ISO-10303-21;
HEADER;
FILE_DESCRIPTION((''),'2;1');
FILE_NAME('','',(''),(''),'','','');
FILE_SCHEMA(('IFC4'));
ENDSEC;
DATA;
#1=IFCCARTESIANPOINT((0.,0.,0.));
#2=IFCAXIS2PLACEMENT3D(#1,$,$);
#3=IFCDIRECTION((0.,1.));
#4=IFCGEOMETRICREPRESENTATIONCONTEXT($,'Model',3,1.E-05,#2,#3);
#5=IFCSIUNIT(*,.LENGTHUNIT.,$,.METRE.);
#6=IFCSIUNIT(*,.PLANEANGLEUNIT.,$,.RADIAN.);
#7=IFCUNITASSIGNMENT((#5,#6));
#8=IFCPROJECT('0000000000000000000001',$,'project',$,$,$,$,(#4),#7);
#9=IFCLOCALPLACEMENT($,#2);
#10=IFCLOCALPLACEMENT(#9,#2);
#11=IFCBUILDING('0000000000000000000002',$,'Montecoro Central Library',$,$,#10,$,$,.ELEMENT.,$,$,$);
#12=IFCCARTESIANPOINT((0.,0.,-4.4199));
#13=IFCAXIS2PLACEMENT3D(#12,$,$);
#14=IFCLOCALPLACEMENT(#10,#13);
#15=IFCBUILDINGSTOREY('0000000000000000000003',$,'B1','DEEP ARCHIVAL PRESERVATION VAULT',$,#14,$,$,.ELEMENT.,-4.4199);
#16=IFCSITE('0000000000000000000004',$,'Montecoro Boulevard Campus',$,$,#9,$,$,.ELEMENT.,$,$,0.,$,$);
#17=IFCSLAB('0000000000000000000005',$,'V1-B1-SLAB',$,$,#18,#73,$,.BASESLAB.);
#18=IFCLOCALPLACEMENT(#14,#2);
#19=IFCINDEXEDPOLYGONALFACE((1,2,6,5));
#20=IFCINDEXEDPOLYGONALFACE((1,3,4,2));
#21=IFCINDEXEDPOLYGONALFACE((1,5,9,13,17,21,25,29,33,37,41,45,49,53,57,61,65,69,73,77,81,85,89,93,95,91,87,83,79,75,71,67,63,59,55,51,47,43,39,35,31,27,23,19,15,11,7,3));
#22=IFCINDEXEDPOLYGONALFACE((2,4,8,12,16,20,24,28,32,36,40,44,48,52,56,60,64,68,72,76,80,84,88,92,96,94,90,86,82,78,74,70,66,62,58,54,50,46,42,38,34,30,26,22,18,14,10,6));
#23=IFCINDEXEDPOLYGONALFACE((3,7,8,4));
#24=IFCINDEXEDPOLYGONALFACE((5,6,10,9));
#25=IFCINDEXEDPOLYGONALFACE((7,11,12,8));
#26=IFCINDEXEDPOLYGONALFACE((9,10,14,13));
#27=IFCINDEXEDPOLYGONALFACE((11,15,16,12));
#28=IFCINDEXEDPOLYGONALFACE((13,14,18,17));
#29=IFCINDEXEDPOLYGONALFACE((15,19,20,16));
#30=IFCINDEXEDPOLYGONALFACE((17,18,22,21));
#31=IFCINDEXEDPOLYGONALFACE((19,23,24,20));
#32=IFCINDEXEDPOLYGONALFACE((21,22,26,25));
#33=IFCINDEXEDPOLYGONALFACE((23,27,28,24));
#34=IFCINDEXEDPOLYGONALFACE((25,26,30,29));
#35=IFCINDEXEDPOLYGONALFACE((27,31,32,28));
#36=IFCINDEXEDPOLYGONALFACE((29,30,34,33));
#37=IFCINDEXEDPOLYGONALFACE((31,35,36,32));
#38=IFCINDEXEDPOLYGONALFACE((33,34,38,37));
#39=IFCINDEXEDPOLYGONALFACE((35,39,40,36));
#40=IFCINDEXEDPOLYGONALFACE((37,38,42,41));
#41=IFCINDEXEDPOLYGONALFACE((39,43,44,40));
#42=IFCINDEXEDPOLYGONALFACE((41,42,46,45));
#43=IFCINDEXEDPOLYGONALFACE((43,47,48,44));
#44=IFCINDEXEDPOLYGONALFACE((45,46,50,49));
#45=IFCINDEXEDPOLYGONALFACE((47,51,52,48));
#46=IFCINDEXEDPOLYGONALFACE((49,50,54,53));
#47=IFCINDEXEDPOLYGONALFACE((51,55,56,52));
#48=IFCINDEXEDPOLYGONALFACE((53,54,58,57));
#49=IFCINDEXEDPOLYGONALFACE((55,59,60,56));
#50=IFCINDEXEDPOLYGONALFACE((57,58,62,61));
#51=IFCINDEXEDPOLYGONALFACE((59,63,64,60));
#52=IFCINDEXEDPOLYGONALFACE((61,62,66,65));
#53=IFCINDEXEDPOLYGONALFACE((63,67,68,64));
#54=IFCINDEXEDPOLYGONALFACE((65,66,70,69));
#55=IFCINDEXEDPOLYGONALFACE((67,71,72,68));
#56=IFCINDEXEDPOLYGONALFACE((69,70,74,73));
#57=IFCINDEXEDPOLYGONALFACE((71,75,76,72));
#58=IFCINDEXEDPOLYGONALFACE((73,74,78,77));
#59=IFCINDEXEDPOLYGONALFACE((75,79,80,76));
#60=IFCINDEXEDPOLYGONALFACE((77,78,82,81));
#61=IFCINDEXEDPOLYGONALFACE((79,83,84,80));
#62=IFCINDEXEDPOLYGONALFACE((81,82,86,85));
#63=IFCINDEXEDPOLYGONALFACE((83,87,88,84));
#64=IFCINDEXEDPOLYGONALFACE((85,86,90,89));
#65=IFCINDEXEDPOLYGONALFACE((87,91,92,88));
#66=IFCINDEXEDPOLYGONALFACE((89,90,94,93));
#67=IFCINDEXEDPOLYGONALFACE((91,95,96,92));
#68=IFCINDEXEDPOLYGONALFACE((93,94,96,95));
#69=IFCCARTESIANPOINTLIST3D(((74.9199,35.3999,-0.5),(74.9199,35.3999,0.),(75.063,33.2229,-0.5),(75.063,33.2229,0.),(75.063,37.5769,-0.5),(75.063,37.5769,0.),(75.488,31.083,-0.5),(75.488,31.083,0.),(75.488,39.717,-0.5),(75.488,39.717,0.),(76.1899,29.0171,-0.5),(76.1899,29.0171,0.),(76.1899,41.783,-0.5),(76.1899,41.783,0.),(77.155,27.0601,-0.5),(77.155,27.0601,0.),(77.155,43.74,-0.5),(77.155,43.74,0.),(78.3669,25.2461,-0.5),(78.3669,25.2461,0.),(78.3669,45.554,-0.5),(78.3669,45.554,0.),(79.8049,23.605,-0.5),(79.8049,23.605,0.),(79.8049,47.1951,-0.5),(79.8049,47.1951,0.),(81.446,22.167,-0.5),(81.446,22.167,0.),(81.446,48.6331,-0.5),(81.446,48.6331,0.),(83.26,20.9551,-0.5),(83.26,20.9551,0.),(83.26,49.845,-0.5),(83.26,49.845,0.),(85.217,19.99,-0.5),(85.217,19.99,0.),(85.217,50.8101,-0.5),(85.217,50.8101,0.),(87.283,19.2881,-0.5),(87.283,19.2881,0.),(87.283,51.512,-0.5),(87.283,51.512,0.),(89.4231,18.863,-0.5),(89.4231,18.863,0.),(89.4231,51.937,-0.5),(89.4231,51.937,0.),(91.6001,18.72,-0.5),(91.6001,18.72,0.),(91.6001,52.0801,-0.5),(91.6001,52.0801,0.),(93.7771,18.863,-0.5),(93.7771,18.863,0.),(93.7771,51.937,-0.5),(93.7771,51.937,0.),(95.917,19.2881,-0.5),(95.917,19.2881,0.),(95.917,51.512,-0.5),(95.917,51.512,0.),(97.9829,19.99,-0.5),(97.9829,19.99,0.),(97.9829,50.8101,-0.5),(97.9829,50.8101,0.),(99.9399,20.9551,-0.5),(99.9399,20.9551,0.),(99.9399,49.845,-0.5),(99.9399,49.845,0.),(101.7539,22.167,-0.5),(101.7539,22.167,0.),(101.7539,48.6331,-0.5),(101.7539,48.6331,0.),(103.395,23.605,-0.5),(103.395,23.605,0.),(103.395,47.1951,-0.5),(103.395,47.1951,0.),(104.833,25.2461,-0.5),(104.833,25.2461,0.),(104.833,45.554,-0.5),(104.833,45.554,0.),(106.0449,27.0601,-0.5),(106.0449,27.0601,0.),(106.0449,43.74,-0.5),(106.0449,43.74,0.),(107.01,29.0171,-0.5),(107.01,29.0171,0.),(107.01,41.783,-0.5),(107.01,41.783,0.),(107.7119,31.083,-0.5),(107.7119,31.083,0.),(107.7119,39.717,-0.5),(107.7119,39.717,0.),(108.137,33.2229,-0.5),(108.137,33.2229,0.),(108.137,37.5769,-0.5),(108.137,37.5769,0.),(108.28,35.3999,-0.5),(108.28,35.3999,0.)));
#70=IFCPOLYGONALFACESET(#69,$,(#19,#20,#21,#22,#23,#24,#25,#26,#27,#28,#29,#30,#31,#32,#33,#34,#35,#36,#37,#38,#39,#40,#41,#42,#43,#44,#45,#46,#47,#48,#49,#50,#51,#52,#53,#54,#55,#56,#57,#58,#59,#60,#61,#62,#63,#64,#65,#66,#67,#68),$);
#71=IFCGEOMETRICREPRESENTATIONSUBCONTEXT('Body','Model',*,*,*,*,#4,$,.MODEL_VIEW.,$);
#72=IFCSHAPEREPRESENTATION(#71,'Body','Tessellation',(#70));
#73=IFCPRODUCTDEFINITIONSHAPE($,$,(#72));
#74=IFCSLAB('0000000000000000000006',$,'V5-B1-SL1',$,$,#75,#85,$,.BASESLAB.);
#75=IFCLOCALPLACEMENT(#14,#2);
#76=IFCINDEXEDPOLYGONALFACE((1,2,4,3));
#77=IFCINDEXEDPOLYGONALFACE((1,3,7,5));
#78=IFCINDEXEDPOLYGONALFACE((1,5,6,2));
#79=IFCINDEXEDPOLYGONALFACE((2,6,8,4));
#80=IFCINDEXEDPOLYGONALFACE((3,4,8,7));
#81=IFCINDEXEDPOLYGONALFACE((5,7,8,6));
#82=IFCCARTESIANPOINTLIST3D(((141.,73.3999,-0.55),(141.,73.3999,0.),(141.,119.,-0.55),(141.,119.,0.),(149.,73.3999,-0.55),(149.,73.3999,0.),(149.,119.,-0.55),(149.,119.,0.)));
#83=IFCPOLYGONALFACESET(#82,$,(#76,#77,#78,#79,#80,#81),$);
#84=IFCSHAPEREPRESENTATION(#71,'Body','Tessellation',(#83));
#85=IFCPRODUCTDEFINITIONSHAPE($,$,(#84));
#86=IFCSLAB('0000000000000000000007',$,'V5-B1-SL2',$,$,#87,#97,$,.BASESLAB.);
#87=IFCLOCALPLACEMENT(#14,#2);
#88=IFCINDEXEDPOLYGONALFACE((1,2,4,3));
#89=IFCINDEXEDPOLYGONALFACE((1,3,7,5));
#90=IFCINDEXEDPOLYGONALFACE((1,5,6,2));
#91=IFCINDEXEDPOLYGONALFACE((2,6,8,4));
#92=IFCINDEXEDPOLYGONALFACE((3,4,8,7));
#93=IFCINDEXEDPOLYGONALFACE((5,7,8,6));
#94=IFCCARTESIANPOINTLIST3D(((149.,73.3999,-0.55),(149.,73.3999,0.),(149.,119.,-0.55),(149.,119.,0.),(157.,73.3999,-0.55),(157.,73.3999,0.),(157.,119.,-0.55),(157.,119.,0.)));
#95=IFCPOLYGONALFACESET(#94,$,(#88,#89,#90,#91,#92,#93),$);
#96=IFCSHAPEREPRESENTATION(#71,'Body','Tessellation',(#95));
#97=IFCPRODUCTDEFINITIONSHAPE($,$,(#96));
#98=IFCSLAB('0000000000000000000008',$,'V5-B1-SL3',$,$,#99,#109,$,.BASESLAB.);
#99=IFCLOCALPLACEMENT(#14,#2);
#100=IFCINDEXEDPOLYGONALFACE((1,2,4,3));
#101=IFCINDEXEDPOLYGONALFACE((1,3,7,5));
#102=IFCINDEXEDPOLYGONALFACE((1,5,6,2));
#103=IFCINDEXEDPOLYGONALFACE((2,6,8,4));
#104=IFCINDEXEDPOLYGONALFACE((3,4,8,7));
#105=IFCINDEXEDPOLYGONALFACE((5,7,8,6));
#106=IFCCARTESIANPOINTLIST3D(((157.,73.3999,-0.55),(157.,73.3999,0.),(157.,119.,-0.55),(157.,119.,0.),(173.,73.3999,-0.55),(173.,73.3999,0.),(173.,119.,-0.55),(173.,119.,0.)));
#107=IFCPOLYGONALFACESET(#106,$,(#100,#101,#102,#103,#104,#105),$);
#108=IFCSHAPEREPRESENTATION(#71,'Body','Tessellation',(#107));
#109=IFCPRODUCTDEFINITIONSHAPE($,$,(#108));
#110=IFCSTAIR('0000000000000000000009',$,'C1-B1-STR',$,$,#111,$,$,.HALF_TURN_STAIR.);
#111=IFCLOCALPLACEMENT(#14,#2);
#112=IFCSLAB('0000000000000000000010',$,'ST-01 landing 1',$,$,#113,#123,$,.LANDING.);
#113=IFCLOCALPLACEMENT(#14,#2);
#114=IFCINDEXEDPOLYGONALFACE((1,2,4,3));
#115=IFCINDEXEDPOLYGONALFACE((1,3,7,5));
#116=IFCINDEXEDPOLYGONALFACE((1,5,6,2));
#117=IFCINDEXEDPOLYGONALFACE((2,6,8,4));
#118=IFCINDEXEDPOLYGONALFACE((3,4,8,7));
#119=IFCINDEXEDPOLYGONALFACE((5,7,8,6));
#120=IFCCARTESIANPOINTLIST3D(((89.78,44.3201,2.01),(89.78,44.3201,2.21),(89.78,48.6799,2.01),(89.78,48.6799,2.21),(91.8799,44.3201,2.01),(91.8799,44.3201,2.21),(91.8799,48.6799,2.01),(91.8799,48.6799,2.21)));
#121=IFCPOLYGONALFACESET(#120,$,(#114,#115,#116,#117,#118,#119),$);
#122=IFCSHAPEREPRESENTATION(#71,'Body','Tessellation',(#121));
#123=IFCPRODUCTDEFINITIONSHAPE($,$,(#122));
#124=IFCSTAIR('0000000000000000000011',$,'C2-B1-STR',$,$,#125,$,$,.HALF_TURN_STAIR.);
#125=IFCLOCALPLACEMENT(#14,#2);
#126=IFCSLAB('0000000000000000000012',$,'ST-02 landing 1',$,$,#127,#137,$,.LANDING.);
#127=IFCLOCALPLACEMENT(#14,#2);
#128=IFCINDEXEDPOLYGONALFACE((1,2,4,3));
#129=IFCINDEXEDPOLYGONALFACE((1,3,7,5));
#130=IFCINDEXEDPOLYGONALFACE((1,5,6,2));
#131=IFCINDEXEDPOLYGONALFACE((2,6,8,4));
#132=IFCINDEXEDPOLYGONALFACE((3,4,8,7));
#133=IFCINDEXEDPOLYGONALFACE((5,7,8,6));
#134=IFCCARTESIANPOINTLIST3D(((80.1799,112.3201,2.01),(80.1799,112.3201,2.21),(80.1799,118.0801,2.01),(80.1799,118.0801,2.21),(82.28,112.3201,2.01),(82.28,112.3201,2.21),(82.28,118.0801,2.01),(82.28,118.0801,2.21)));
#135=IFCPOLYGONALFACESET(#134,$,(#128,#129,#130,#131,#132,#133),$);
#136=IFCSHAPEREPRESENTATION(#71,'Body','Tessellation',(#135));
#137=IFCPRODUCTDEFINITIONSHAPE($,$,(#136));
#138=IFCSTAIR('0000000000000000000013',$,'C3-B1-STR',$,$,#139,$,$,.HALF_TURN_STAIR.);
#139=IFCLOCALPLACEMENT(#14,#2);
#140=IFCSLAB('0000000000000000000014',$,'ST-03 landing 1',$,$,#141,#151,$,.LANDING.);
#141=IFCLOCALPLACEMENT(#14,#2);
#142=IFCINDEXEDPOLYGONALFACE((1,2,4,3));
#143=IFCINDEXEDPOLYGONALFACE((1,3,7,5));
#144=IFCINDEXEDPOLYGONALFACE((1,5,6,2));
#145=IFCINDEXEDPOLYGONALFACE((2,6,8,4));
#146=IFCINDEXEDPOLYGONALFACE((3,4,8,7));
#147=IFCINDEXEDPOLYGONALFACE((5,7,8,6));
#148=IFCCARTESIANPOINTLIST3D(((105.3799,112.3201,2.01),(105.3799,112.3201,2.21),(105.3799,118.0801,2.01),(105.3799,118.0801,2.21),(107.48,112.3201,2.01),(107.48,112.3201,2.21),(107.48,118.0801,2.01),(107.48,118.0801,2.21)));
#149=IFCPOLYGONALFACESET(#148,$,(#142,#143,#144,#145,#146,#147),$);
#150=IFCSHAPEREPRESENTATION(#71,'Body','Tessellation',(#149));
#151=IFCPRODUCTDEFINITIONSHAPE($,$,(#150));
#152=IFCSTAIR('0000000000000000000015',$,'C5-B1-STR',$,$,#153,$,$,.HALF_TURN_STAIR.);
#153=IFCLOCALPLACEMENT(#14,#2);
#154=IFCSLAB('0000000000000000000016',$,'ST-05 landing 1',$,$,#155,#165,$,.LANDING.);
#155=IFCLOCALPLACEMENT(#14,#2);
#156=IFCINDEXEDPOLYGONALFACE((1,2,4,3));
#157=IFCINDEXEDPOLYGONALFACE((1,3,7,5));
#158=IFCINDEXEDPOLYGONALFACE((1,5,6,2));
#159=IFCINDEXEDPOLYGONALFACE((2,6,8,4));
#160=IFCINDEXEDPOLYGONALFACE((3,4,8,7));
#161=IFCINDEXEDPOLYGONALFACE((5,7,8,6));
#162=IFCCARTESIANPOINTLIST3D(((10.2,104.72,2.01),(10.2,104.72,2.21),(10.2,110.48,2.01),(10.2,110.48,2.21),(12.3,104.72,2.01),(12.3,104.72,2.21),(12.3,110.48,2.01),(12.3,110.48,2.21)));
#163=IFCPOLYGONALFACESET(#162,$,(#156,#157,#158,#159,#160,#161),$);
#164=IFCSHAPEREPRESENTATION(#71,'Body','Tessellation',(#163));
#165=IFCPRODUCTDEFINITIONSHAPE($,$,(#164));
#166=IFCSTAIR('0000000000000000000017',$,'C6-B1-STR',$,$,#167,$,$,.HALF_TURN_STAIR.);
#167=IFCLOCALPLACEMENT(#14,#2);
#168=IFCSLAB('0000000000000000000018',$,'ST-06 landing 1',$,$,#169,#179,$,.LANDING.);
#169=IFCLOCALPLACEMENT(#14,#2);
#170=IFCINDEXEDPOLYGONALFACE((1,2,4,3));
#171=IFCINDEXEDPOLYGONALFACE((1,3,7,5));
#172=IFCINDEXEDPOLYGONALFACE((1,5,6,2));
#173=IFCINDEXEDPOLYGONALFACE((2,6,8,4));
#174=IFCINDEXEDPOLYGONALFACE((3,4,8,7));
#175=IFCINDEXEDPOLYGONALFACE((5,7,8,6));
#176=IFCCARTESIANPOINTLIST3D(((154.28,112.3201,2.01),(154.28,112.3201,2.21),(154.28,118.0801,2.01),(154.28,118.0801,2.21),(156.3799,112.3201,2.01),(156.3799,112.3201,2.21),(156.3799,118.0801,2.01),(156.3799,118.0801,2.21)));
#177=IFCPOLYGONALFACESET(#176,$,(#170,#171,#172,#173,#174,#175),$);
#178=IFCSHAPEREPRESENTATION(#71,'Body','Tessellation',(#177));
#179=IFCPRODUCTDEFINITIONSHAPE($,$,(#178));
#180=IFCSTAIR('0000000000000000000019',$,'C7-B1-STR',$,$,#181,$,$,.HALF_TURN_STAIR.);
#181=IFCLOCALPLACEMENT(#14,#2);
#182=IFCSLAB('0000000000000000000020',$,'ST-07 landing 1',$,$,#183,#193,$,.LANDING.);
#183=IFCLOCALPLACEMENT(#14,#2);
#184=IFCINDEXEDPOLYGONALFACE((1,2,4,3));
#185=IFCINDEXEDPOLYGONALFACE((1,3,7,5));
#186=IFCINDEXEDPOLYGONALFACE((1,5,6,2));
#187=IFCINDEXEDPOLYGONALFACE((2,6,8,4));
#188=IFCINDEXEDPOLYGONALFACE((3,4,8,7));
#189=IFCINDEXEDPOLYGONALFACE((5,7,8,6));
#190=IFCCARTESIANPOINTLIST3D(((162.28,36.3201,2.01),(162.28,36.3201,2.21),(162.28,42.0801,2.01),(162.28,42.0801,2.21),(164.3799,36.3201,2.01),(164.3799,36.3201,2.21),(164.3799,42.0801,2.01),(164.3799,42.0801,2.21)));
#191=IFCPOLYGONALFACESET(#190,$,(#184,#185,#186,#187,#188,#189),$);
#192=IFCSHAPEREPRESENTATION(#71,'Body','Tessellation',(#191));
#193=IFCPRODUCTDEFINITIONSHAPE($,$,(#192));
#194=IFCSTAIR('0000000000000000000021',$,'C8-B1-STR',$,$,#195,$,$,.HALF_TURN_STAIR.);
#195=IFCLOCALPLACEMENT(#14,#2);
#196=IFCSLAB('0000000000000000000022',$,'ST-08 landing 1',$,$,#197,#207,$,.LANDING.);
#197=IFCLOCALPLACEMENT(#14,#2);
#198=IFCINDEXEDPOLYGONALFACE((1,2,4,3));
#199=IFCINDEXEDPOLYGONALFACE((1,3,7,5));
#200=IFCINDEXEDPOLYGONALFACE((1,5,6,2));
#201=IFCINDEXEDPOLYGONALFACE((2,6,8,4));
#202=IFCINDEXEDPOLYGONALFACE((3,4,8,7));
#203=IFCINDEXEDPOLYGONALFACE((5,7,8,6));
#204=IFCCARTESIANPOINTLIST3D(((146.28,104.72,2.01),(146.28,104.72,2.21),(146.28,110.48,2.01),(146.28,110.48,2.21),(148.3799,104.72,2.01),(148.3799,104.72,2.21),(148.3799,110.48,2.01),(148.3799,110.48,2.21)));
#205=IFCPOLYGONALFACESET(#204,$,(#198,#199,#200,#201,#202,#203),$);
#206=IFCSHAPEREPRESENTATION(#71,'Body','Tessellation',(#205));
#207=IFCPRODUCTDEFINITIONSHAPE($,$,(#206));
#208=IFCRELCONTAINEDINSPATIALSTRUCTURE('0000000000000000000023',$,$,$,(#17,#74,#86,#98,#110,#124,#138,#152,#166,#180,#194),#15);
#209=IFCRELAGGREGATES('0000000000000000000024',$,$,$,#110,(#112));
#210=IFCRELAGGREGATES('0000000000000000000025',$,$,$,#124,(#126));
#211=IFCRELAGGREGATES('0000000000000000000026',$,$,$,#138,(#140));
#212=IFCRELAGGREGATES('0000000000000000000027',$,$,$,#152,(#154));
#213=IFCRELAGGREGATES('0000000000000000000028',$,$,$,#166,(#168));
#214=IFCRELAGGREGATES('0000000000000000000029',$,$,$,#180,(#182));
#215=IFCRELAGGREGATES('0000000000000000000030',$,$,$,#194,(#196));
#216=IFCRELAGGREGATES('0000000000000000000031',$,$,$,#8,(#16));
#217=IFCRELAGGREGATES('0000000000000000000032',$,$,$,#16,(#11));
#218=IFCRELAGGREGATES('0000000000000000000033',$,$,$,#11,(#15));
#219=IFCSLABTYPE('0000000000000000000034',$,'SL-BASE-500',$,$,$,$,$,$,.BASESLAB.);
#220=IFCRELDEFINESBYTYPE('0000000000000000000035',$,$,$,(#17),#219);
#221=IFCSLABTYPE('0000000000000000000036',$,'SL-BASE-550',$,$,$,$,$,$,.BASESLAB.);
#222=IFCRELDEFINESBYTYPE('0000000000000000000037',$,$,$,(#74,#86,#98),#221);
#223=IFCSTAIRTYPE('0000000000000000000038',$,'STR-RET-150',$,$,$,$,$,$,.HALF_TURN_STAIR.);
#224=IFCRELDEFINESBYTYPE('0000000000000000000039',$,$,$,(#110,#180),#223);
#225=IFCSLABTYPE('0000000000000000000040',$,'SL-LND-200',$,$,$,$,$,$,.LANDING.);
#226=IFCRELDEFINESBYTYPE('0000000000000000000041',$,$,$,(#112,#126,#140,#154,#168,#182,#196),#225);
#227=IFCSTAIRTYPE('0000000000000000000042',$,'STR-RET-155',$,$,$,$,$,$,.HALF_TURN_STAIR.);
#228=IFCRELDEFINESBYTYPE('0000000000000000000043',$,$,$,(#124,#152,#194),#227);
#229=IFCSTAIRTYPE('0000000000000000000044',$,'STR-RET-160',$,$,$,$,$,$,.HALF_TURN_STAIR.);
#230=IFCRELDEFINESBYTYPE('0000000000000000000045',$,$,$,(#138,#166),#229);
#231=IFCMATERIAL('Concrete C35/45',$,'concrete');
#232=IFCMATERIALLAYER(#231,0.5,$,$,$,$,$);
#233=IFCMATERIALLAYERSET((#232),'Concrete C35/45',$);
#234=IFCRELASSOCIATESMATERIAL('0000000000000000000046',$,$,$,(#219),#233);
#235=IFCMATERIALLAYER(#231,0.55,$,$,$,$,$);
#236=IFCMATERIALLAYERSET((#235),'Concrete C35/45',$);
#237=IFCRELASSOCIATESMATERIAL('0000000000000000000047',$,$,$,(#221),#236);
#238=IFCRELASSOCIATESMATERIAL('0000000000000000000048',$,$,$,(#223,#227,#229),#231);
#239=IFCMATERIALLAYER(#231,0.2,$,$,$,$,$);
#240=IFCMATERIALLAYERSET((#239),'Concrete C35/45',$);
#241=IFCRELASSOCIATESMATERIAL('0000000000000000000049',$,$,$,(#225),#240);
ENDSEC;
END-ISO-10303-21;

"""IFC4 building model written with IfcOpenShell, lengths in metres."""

from ifc_helpers import new_model, si_unit, direction, frame, origin, place, context, subcontext, project, spatial, polyline, outline, extrude, material, layer, layer_set, type_object, element, aggregate, save


model = new_model("IFC4")

# Units and contexts
model_context = context("Model", 3, precision=1e-05, world=origin(), true_north=direction((0.0, 1.0)))
body_context = subcontext(model_context, "Body", "Model", "MODEL_VIEW")
ifc_project = project(units=[si_unit("LENGTHUNIT", "METRE"), si_unit("PLANEANGLEUNIT", "RADIAN")], contexts=[model_context])

# Site, building, storey
site_placement = place(None, origin())
site = spatial("IfcSite", under=ifc_project, at=site_placement, Name="Montecoro Boulevard Campus", CompositionType="ELEMENT", RefElevation=0.0)
building_placement = place(site_placement, origin())
building = spatial("IfcBuilding", under=site, at=building_placement, Name="Montecoro Central Library", CompositionType="ELEMENT")
storey_placement = place(building_placement, frame((0.0, 0.0, -4.4199)))
storey = spatial("IfcBuildingStorey", under=building, at=storey_placement, Name="B1", Description="DEEP ARCHIVAL PRESERVATION VAULT", CompositionType="ELEMENT", Elevation=-4.4199)

# Shared definitions
ifc_material_1 = material(Name="Concrete C35/45", Category="concrete")

# Slabs
ifc_layer_1 = layer(ifc_material_1, 0.5)
ifc_layer_set_1 = layer_set([ifc_layer_1], Name="Concrete C35/45")
slab_type_1 = type_object("IfcSlabType", Name="SL-BASE-500", PredefinedType="BASESLAB", material=ifc_layer_set_1)
slab_1_placement = place(storey_placement, frame((0.0, 0.0, -0.5)))
element("IfcSlab", 1, at=slab_1_placement, inside=storey, type_object=slab_type_1, Name="V1-B1-SLAB", PredefinedType="BASESLAB", context=body_context, shape_type="SweptSolid", body=[
    extrude(outline(polyline([(108.28, 35.3999), (108.137, 37.5769), (107.7119, 39.717), (107.01, 41.783), (106.0449, 43.74), (104.833, 45.554), (103.395, 47.1951), (101.7539, 48.6331), (99.9399, 49.845), (97.9829, 50.8101), (95.917, 51.512), (93.7771, 51.937), (91.6001, 52.0801), (89.4231, 51.937), (87.283, 51.512), (85.217, 50.8101), (83.26, 49.845), (81.446, 48.6331), (79.8049, 47.1951), (78.3669, 45.554), (77.155, 43.74), (76.1899, 41.783), (75.488, 39.717), (75.063, 37.5769), (74.9199, 35.3999), (75.063, 33.2229), (75.488, 31.083), (76.1899, 29.0171), (77.155, 27.0601), (78.3669, 25.2461), (79.8049, 23.605), (81.446, 22.167), (83.26, 20.9551), (85.217, 19.99), (87.283, 19.2881), (89.4231, 18.863), (91.6001, 18.72), (93.7771, 18.863), (95.917, 19.2881), (97.9829, 19.99), (99.9399, 20.9551), (101.7539, 22.167), (103.395, 23.605), (104.833, 25.2461), (106.0449, 27.0601), (107.01, 29.0171), (107.7119, 31.083), (108.137, 33.2229), (108.28, 35.3999)])), origin(), (0.0, 0.0, 1.0), 0.5),
])
ifc_layer_2 = layer(ifc_material_1, 0.55)
ifc_layer_set_2 = layer_set([ifc_layer_2], Name="Concrete C35/45")
slab_type_2 = type_object("IfcSlabType", Name="SL-BASE-550", PredefinedType="BASESLAB", material=ifc_layer_set_2)
slab_2_placement = place(storey_placement, frame((0.0, 0.0, -0.55)))
element("IfcSlab", 2, at=slab_2_placement, inside=storey, type_object=slab_type_2, Name="V5-B1-SL1", PredefinedType="BASESLAB", context=body_context, shape_type="SweptSolid", body=[
    extrude(outline(polyline([(141.0, 73.3999), (149.0, 73.3999), (149.0, 119.0), (141.0, 119.0), (141.0, 73.3999)])), origin(), (0.0, 0.0, 1.0), 0.55),
])
slab_3_placement = place(storey_placement, frame((0.0, 0.0, -0.55)))
element("IfcSlab", 3, at=slab_3_placement, inside=storey, type_object=slab_type_2, Name="V5-B1-SL2", PredefinedType="BASESLAB", context=body_context, shape_type="SweptSolid", body=[
    extrude(outline(polyline([(149.0, 73.3999), (157.0, 73.3999), (157.0, 119.0), (149.0, 119.0), (149.0, 73.3999)])), origin(), (0.0, 0.0, 1.0), 0.55),
])
slab_4_placement = place(storey_placement, frame((0.0, 0.0, -0.55)))
element("IfcSlab", 4, at=slab_4_placement, inside=storey, type_object=slab_type_2, Name="V5-B1-SL3", PredefinedType="BASESLAB", context=body_context, shape_type="SweptSolid", body=[
    extrude(outline(polyline([(157.0, 73.3999), (173.0, 73.3999), (173.0, 119.0), (157.0, 119.0), (157.0, 73.3999)])), origin(), (0.0, 0.0, 1.0), 0.55),
])

# Stairs, slabs
stair_type_1 = type_object("IfcStairType", Name="STR-RET-150", PredefinedType="HALF_TURN_STAIR", material=ifc_material_1)
stair_1_placement = place(storey_placement, origin())
stair_1 = element("IfcStair", 5, at=stair_1_placement, inside=storey, type_object=stair_type_1, Name="C1-B1-STR", PredefinedType="HALF_TURN_STAIR")
ifc_layer_3 = layer(ifc_material_1, 0.2)
ifc_layer_set_3 = layer_set([ifc_layer_3], Name="Concrete C35/45")
slab_type_3 = type_object("IfcSlabType", Name="SL-LND-200", PredefinedType="LANDING", material=ifc_layer_set_3)
slab_5_placement = place(storey_placement, frame((0.0, 0.0, 2.01)))
slab_5 = element("IfcSlab", 6, at=slab_5_placement, type_object=slab_type_3, Name="ST-01 landing 1", PredefinedType="LANDING", context=body_context, shape_type="SweptSolid", body=[
    extrude(outline(polyline([(89.78, 44.3201), (91.8799, 44.3201), (91.8799, 48.6799), (89.78, 48.6799), (89.78, 44.3201)])), origin(), (0.0, 0.0, 1.0), 0.2),
])
aggregate(stair_1, [slab_5])
stair_type_2 = type_object("IfcStairType", Name="STR-RET-155", PredefinedType="HALF_TURN_STAIR", material=ifc_material_1)
stair_2_placement = place(storey_placement, origin())
stair_2 = element("IfcStair", 7, at=stair_2_placement, inside=storey, type_object=stair_type_2, Name="C2-B1-STR", PredefinedType="HALF_TURN_STAIR")
slab_6_placement = place(storey_placement, frame((0.0, 0.0, 2.01)))
slab_6 = element("IfcSlab", 8, at=slab_6_placement, type_object=slab_type_3, Name="ST-02 landing 1", PredefinedType="LANDING", context=body_context, shape_type="SweptSolid", body=[
    extrude(outline(polyline([(80.1799, 112.3201), (82.28, 112.3201), (82.28, 118.0801), (80.1799, 118.0801), (80.1799, 112.3201)])), origin(), (0.0, 0.0, 1.0), 0.2),
])
aggregate(stair_2, [slab_6])
stair_type_3 = type_object("IfcStairType", Name="STR-RET-160", PredefinedType="HALF_TURN_STAIR", material=ifc_material_1)
stair_3_placement = place(storey_placement, origin())
stair_3 = element("IfcStair", 9, at=stair_3_placement, inside=storey, type_object=stair_type_3, Name="C3-B1-STR", PredefinedType="HALF_TURN_STAIR")
slab_7_placement = place(storey_placement, frame((0.0, 0.0, 2.01)))
slab_7 = element("IfcSlab", 10, at=slab_7_placement, type_object=slab_type_3, Name="ST-03 landing 1", PredefinedType="LANDING", context=body_context, shape_type="SweptSolid", body=[
    extrude(outline(polyline([(105.3799, 112.3201), (107.48, 112.3201), (107.48, 118.0801), (105.3799, 118.0801), (105.3799, 112.3201)])), origin(), (0.0, 0.0, 1.0), 0.2),
])
aggregate(stair_3, [slab_7])
stair_4_placement = place(storey_placement, origin())
stair_4 = element("IfcStair", 11, at=stair_4_placement, inside=storey, type_object=stair_type_2, Name="C5-B1-STR", PredefinedType="HALF_TURN_STAIR")
slab_8_placement = place(storey_placement, frame((0.0, 0.0, 2.01)))
slab_8 = element("IfcSlab", 12, at=slab_8_placement, type_object=slab_type_3, Name="ST-05 landing 1", PredefinedType="LANDING", context=body_context, shape_type="SweptSolid", body=[
    extrude(outline(polyline([(10.2, 104.72), (12.3, 104.72), (12.3, 110.48), (10.2, 110.48), (10.2, 104.72)])), origin(), (0.0, 0.0, 1.0), 0.2),
])
aggregate(stair_4, [slab_8])
stair_5_placement = place(storey_placement, origin())
stair_5 = element("IfcStair", 13, at=stair_5_placement, inside=storey, type_object=stair_type_3, Name="C6-B1-STR", PredefinedType="HALF_TURN_STAIR")
slab_9_placement = place(storey_placement, frame((0.0, 0.0, 2.01)))
slab_9 = element("IfcSlab", 14, at=slab_9_placement, type_object=slab_type_3, Name="ST-06 landing 1", PredefinedType="LANDING", context=body_context, shape_type="SweptSolid", body=[
    extrude(outline(polyline([(154.28, 112.3201), (156.3799, 112.3201), (156.3799, 118.0801), (154.28, 118.0801), (154.28, 112.3201)])), origin(), (0.0, 0.0, 1.0), 0.2),
])
aggregate(stair_5, [slab_9])
stair_6_placement = place(storey_placement, origin())
stair_6 = element("IfcStair", 15, at=stair_6_placement, inside=storey, type_object=stair_type_1, Name="C7-B1-STR", PredefinedType="HALF_TURN_STAIR")
slab_10_placement = place(storey_placement, frame((0.0, 0.0, 2.01)))
slab_10 = element("IfcSlab", 16, at=slab_10_placement, type_object=slab_type_3, Name="ST-07 landing 1", PredefinedType="LANDING", context=body_context, shape_type="SweptSolid", body=[
    extrude(outline(polyline([(162.28, 36.3201), (164.3799, 36.3201), (164.3799, 42.0801), (162.28, 42.0801), (162.28, 36.3201)])), origin(), (0.0, 0.0, 1.0), 0.2),
])
aggregate(stair_6, [slab_10])
stair_7_placement = place(storey_placement, origin())
stair_7 = element("IfcStair", 17, at=stair_7_placement, inside=storey, type_object=stair_type_2, Name="C8-B1-STR", PredefinedType="HALF_TURN_STAIR")
slab_11_placement = place(storey_placement, frame((0.0, 0.0, 2.01)))
slab_11 = element("IfcSlab", 18, at=slab_11_placement, type_object=slab_type_3, Name="ST-08 landing 1", PredefinedType="LANDING", context=body_context, shape_type="SweptSolid", body=[
    extrude(outline(polyline([(146.28, 104.72), (148.3799, 104.72), (148.3799, 110.48), (146.28, 110.48), (146.28, 104.72)])), origin(), (0.0, 0.0, 1.0), 0.2),
])
aggregate(stair_7, [slab_11])

save(model, "model.ifc")
